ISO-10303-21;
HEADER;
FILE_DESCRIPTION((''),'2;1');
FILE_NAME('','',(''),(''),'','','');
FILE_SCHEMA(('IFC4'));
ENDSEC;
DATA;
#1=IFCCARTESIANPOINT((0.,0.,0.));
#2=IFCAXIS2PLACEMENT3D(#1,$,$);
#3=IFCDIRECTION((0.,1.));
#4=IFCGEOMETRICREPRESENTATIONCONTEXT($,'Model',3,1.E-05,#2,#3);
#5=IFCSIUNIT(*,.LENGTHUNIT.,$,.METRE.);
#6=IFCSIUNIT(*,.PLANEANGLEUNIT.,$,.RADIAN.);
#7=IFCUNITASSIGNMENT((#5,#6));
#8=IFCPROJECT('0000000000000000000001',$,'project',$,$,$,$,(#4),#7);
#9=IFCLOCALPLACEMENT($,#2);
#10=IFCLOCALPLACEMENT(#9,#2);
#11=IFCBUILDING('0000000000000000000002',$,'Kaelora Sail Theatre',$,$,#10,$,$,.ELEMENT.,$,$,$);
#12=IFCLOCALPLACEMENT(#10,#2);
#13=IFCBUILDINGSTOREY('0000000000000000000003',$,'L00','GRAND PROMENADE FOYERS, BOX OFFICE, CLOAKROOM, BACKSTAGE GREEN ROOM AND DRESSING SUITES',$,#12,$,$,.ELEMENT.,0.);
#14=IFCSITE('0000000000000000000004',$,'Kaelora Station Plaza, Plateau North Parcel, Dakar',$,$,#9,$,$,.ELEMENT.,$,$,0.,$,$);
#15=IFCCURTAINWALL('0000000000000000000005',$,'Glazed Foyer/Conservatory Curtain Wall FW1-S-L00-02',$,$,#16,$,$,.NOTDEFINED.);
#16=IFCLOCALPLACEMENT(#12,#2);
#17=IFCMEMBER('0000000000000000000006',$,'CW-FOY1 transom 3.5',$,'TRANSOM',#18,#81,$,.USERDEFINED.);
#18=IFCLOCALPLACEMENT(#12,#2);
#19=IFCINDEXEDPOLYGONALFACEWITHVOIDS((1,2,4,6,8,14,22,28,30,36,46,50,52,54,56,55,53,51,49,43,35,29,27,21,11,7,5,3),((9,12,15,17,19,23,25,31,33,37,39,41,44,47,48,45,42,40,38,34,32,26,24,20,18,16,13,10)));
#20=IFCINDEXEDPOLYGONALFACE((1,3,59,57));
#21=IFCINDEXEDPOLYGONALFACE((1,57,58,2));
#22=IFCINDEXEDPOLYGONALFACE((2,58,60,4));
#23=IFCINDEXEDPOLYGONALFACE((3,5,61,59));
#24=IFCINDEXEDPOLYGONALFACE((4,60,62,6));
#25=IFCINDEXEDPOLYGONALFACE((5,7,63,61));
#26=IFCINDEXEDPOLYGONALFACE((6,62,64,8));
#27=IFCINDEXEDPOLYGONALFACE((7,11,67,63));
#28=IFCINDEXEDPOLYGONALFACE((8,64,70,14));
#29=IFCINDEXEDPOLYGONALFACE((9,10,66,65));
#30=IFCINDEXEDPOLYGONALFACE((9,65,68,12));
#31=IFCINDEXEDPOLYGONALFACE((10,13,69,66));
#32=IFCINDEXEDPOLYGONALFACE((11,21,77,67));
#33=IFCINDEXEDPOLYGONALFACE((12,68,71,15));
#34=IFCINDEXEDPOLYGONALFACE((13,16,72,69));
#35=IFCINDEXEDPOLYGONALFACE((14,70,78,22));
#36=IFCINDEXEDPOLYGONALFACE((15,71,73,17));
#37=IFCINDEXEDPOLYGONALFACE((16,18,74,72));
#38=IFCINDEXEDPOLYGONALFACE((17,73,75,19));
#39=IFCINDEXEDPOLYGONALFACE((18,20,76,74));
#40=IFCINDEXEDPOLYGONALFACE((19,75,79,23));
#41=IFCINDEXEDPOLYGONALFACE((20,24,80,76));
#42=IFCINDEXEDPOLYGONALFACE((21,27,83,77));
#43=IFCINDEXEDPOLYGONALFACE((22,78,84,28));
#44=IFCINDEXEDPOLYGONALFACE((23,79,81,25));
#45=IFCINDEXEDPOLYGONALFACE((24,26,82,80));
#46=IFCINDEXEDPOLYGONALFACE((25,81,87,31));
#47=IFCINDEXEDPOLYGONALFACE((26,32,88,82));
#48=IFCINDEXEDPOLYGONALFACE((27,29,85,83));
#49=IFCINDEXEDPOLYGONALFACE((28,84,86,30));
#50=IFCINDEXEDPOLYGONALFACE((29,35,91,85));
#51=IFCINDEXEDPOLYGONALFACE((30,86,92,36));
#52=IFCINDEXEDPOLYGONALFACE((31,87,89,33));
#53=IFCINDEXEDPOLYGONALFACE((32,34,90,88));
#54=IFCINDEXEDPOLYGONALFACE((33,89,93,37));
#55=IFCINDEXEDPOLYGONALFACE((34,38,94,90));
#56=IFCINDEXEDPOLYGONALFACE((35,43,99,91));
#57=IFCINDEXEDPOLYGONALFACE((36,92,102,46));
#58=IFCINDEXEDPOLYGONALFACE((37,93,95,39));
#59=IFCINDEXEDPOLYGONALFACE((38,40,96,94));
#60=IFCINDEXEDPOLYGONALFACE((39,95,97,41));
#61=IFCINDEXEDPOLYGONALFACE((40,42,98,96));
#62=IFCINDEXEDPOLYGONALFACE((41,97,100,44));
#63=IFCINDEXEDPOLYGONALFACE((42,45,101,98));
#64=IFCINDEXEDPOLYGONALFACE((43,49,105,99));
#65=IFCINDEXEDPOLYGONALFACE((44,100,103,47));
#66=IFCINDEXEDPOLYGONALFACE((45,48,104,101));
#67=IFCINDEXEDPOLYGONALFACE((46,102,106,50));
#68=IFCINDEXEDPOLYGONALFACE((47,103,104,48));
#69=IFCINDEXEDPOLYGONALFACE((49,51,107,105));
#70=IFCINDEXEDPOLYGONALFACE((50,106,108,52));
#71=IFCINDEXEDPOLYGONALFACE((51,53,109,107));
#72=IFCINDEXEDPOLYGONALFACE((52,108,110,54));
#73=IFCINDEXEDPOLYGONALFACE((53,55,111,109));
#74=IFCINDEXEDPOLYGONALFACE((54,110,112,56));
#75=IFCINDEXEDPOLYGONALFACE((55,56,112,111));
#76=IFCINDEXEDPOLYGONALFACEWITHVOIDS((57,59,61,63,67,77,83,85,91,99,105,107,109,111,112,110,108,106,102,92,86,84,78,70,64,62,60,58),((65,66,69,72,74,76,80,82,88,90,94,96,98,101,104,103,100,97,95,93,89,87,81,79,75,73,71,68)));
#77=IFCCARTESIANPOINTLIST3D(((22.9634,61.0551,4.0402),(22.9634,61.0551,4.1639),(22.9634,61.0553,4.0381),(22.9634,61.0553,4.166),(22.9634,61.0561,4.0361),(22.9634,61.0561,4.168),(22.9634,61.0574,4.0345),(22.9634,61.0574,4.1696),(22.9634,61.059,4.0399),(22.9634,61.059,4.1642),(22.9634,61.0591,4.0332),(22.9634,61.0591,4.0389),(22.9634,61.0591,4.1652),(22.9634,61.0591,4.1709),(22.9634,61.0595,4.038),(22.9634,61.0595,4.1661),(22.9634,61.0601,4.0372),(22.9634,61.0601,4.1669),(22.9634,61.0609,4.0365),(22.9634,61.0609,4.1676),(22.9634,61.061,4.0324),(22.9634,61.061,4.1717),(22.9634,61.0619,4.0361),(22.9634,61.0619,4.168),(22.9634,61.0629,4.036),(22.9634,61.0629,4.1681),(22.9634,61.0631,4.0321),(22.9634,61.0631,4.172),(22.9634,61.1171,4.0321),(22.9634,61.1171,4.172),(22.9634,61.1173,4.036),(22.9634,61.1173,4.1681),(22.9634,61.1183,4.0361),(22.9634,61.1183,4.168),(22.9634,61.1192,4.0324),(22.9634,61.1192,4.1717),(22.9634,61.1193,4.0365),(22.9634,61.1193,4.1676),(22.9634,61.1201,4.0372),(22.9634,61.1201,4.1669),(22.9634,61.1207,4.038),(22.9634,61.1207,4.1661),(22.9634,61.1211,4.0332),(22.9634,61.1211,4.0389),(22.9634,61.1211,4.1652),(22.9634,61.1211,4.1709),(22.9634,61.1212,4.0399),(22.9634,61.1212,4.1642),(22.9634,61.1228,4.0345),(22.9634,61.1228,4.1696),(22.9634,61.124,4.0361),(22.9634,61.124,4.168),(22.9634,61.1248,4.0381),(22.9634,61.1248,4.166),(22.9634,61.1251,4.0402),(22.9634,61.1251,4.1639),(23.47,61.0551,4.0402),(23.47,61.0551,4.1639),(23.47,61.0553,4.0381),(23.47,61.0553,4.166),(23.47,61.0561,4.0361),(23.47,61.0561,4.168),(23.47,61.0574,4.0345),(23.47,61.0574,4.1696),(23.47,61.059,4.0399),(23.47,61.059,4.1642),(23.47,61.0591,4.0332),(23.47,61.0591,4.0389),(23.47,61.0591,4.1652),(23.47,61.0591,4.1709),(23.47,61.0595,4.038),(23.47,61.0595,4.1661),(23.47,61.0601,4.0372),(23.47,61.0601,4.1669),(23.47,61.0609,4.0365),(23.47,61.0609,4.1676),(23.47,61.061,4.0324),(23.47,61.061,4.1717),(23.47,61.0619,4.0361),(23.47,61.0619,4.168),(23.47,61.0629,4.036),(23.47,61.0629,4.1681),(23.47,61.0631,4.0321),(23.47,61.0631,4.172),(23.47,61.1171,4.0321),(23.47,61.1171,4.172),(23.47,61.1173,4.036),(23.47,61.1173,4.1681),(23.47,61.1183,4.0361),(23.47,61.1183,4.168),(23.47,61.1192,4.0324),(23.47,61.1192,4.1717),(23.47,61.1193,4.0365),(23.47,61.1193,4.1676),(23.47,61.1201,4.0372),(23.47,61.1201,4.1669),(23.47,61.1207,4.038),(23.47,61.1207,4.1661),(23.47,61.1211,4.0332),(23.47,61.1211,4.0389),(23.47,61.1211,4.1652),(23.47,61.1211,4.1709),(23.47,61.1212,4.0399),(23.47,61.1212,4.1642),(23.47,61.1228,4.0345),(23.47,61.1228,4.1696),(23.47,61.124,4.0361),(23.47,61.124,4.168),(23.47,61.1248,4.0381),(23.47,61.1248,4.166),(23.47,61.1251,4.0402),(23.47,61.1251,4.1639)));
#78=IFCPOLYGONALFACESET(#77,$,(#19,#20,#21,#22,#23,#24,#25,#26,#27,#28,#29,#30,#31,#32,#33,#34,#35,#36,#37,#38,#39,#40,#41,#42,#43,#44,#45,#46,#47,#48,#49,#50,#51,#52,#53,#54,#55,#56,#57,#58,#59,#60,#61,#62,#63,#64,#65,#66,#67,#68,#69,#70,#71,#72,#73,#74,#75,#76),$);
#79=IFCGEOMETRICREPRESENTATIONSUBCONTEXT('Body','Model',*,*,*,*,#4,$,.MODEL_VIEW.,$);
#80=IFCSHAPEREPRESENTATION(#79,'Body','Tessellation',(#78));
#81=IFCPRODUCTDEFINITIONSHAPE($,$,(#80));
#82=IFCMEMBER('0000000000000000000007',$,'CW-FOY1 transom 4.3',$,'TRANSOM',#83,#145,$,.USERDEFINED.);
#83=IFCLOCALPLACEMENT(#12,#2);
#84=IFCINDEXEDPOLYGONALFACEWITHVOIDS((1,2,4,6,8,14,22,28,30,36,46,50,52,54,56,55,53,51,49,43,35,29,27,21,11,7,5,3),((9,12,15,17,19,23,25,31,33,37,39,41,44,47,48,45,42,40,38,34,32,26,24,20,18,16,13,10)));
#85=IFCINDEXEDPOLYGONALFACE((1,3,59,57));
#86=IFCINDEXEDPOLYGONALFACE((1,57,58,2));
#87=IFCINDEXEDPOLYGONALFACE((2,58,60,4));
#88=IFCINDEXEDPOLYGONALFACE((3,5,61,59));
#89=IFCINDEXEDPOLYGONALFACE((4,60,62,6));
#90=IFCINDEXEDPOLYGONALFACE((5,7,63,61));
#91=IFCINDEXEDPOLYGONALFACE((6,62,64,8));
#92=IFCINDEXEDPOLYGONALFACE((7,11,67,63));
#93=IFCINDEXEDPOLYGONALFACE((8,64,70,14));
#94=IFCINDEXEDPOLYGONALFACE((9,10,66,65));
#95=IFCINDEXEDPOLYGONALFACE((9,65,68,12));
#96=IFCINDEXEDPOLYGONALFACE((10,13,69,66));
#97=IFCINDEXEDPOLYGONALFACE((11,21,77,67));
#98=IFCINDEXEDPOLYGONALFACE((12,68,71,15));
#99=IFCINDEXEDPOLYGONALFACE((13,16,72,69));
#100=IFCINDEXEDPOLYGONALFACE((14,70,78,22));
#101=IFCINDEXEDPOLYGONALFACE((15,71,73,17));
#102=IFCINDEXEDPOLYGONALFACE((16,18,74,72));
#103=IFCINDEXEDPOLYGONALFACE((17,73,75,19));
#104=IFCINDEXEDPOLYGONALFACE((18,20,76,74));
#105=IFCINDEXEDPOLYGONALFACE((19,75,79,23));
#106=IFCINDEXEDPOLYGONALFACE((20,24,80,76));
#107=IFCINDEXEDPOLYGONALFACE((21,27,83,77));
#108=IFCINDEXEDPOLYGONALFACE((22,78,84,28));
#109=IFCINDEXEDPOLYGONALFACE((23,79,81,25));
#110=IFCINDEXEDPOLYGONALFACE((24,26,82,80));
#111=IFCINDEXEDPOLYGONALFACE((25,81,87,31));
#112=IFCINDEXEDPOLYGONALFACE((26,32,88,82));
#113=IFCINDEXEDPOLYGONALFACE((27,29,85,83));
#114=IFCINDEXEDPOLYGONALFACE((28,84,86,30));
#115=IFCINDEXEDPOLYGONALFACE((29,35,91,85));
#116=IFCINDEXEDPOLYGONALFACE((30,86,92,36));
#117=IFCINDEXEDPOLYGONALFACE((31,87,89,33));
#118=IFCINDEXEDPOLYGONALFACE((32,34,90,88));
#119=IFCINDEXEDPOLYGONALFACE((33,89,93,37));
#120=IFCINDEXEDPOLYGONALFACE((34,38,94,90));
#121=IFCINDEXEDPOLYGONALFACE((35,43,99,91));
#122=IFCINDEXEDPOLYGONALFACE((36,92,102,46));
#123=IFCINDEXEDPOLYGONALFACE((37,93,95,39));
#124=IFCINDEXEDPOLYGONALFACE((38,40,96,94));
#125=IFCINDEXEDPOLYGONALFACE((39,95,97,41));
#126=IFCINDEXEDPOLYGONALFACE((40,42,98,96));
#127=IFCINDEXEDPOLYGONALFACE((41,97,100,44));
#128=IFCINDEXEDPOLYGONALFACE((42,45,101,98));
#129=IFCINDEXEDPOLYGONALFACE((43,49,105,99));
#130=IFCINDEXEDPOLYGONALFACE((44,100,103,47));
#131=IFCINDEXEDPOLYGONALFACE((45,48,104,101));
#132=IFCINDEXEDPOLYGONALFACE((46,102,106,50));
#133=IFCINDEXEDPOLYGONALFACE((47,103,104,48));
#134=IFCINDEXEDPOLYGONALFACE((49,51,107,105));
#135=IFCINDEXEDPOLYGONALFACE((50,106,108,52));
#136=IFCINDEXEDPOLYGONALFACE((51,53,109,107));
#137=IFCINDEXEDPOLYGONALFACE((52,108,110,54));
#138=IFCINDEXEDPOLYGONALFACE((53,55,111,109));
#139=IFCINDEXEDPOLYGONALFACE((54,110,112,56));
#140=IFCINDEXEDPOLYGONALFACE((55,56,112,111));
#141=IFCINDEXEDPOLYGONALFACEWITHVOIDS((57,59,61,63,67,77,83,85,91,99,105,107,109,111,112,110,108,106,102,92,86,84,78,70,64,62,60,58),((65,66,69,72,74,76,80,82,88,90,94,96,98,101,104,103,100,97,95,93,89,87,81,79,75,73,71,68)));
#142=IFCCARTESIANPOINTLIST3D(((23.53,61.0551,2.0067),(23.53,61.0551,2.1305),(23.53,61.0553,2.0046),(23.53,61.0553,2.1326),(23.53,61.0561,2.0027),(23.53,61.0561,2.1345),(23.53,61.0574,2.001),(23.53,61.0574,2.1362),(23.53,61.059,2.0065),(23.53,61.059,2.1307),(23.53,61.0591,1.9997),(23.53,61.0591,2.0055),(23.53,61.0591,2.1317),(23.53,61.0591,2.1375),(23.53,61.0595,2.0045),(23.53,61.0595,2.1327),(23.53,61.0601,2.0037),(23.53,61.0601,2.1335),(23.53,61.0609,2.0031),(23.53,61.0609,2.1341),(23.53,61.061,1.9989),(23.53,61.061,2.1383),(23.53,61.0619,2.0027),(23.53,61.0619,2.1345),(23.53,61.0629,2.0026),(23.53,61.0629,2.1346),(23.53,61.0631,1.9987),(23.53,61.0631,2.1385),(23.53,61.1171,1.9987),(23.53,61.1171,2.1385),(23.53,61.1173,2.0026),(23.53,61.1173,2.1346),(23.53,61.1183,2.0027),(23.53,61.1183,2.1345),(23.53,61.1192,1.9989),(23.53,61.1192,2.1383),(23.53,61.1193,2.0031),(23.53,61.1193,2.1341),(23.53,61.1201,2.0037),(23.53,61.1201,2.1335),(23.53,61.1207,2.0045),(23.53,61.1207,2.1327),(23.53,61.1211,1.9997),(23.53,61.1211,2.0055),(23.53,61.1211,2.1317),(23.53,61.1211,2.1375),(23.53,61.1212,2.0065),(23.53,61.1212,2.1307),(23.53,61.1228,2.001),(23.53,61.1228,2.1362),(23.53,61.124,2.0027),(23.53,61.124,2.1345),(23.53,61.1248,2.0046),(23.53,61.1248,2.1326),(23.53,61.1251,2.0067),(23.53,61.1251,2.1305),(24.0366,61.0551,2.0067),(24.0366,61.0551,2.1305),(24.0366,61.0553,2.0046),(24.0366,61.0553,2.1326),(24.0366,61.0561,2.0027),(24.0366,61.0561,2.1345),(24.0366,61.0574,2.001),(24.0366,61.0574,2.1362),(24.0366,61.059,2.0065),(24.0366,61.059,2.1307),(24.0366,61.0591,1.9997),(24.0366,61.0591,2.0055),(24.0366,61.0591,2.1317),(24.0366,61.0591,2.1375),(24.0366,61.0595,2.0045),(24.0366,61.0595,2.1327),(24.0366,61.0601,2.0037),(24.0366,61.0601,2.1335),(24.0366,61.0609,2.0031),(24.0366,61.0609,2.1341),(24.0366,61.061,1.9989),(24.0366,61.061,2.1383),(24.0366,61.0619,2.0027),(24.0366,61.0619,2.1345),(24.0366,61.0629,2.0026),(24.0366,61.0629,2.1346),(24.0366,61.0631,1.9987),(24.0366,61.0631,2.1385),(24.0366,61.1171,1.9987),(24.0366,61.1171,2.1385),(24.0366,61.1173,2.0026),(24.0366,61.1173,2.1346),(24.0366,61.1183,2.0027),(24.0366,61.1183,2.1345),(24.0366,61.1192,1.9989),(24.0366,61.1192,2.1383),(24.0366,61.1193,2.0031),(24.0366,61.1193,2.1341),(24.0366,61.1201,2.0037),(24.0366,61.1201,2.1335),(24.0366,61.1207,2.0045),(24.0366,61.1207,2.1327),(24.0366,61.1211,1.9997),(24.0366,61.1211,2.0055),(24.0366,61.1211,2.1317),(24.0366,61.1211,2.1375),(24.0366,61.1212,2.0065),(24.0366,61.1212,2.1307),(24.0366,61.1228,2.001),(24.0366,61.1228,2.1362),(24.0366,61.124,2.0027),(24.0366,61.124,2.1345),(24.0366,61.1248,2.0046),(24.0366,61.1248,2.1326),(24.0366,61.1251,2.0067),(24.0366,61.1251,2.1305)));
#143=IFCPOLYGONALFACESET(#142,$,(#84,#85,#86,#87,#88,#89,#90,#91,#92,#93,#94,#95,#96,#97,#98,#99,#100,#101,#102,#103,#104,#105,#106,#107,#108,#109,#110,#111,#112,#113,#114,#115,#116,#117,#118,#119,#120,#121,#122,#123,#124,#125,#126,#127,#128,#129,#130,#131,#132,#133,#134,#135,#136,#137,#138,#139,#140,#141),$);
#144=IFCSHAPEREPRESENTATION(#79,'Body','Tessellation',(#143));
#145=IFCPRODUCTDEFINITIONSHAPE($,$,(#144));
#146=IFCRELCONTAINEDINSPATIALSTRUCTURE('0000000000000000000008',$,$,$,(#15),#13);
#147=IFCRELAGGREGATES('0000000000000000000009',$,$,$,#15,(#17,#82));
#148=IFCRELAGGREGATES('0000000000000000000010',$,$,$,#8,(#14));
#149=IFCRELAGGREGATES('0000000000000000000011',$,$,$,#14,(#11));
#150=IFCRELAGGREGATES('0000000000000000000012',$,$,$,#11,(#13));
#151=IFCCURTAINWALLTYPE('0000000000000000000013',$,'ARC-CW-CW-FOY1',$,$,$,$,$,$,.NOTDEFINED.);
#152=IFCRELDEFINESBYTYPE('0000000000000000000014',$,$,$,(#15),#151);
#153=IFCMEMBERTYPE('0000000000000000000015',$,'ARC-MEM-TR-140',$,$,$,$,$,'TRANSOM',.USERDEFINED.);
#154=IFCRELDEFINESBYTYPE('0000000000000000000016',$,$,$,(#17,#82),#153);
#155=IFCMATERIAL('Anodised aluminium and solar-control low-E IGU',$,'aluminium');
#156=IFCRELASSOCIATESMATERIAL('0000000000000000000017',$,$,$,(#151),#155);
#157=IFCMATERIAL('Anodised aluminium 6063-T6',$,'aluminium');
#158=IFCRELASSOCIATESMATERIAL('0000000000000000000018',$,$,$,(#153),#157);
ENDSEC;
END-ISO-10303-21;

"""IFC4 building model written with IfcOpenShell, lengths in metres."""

from ifc_helpers import new_model, si_unit, direction, frame, origin, origin_2d, place, context, subcontext, project, spatial, hollow_rectangle, extrude, material, material_profile, profile_set, type_object, element, aggregate, save


model = new_model("IFC4")

# Units and contexts
model_context = context("Model", 3, precision=1e-05, world=origin(), true_north=direction((0.0, 1.0)))
body_context = subcontext(model_context, "Body", "Model", "MODEL_VIEW")
ifc_project = project(units=[si_unit("LENGTHUNIT", "METRE"), si_unit("PLANEANGLEUNIT", "RADIAN")], contexts=[model_context])

# Site, building, storey
site_placement = place(None, origin())
site = spatial("IfcSite", under=ifc_project, at=site_placement, Name="Kaelora Station Plaza, Plateau North Parcel, Dakar", CompositionType="ELEMENT", RefElevation=0.0)
building_placement = place(site_placement, origin())
building = spatial("IfcBuilding", under=site, at=building_placement, Name="Kaelora Sail Theatre", CompositionType="ELEMENT")
storey_placement = place(building_placement, origin())
storey = spatial("IfcBuildingStorey", under=building, at=storey_placement, Name="L00", Description="GRAND PROMENADE FOYERS, BOX OFFICE, CLOAKROOM, BACKSTAGE GREEN ROOM AND DRESSING SUITES", CompositionType="ELEMENT", Elevation=0.0)

# Curtain wall, members
ifc_material_1 = material(Name="Anodised aluminium and solar-control low-E IGU", Category="aluminium")
curtain_wall_type = type_object("IfcCurtainWallType", Name="ARC-CW-CW-FOY1", PredefinedType="NOTDEFINED", material=ifc_material_1)
curtain_wall_placement = place(storey_placement, origin())
curtain_wall = element("IfcCurtainWall", 1, at=curtain_wall_placement, inside=storey, type_object=curtain_wall_type, Name="Glazed Foyer/Conservatory Curtain Wall FW1-S-L00-02", PredefinedType="NOTDEFINED")
ifc_material_2 = material(Name="Anodised aluminium 6063-T6", Category="aluminium")
ifc_material_profile = material_profile(ifc_material_2, hollow_rectangle(XDim=0.0701, YDim=0.1399, WallThickness=0.0039, InnerFilletRadius=0.0039, OuterFilletRadius=0.0081, at=origin_2d()), Name="ALU-TRAN 70x140x4")
ifc_profile_set = profile_set([ifc_material_profile], Name="Anodised aluminium 6063-T6")
member_type = type_object("IfcMemberType", Name="ARC-MEM-TR-140", ElementType="TRANSOM", PredefinedType="USERDEFINED", material=ifc_profile_set)
member_1_placement = place(storey_placement, frame((22.9634, 61.0901, 4.1021), z_axis=(1.0, 0.0, 0.0), x_axis=(0.0, 1.0, 0.0)))
member_1 = element("IfcMember", 2, at=member_1_placement, type_object=member_type, Name="CW-FOY1 transom 3.5", ObjectType="TRANSOM", PredefinedType="USERDEFINED", context=body_context, shape_type="SweptSolid", body=[
    extrude(hollow_rectangle(XDim=0.0701, YDim=0.1399, WallThickness=0.0039, InnerFilletRadius=0.0039, OuterFilletRadius=0.0081, at=origin_2d()), origin(), (0.0, 0.0, 1.0), 0.5066),
])
member_2_placement = place(storey_placement, frame((23.53, 61.0901, 2.0686), z_axis=(1.0, 0.0, 0.0), x_axis=(0.0, 1.0, 0.0)))
member_2 = element("IfcMember", 3, at=member_2_placement, type_object=member_type, Name="CW-FOY1 transom 4.3", ObjectType="TRANSOM", PredefinedType="USERDEFINED", context=body_context, shape_type="SweptSolid", body=[
    extrude(hollow_rectangle(XDim=0.0701, YDim=0.1399, WallThickness=0.0039, InnerFilletRadius=0.0039, OuterFilletRadius=0.0081, at=origin_2d()), origin(), (0.0, 0.0, 1.0), 0.5066),
])
aggregate(curtain_wall, [member_1, member_2])

save(model, "model.ifc")
